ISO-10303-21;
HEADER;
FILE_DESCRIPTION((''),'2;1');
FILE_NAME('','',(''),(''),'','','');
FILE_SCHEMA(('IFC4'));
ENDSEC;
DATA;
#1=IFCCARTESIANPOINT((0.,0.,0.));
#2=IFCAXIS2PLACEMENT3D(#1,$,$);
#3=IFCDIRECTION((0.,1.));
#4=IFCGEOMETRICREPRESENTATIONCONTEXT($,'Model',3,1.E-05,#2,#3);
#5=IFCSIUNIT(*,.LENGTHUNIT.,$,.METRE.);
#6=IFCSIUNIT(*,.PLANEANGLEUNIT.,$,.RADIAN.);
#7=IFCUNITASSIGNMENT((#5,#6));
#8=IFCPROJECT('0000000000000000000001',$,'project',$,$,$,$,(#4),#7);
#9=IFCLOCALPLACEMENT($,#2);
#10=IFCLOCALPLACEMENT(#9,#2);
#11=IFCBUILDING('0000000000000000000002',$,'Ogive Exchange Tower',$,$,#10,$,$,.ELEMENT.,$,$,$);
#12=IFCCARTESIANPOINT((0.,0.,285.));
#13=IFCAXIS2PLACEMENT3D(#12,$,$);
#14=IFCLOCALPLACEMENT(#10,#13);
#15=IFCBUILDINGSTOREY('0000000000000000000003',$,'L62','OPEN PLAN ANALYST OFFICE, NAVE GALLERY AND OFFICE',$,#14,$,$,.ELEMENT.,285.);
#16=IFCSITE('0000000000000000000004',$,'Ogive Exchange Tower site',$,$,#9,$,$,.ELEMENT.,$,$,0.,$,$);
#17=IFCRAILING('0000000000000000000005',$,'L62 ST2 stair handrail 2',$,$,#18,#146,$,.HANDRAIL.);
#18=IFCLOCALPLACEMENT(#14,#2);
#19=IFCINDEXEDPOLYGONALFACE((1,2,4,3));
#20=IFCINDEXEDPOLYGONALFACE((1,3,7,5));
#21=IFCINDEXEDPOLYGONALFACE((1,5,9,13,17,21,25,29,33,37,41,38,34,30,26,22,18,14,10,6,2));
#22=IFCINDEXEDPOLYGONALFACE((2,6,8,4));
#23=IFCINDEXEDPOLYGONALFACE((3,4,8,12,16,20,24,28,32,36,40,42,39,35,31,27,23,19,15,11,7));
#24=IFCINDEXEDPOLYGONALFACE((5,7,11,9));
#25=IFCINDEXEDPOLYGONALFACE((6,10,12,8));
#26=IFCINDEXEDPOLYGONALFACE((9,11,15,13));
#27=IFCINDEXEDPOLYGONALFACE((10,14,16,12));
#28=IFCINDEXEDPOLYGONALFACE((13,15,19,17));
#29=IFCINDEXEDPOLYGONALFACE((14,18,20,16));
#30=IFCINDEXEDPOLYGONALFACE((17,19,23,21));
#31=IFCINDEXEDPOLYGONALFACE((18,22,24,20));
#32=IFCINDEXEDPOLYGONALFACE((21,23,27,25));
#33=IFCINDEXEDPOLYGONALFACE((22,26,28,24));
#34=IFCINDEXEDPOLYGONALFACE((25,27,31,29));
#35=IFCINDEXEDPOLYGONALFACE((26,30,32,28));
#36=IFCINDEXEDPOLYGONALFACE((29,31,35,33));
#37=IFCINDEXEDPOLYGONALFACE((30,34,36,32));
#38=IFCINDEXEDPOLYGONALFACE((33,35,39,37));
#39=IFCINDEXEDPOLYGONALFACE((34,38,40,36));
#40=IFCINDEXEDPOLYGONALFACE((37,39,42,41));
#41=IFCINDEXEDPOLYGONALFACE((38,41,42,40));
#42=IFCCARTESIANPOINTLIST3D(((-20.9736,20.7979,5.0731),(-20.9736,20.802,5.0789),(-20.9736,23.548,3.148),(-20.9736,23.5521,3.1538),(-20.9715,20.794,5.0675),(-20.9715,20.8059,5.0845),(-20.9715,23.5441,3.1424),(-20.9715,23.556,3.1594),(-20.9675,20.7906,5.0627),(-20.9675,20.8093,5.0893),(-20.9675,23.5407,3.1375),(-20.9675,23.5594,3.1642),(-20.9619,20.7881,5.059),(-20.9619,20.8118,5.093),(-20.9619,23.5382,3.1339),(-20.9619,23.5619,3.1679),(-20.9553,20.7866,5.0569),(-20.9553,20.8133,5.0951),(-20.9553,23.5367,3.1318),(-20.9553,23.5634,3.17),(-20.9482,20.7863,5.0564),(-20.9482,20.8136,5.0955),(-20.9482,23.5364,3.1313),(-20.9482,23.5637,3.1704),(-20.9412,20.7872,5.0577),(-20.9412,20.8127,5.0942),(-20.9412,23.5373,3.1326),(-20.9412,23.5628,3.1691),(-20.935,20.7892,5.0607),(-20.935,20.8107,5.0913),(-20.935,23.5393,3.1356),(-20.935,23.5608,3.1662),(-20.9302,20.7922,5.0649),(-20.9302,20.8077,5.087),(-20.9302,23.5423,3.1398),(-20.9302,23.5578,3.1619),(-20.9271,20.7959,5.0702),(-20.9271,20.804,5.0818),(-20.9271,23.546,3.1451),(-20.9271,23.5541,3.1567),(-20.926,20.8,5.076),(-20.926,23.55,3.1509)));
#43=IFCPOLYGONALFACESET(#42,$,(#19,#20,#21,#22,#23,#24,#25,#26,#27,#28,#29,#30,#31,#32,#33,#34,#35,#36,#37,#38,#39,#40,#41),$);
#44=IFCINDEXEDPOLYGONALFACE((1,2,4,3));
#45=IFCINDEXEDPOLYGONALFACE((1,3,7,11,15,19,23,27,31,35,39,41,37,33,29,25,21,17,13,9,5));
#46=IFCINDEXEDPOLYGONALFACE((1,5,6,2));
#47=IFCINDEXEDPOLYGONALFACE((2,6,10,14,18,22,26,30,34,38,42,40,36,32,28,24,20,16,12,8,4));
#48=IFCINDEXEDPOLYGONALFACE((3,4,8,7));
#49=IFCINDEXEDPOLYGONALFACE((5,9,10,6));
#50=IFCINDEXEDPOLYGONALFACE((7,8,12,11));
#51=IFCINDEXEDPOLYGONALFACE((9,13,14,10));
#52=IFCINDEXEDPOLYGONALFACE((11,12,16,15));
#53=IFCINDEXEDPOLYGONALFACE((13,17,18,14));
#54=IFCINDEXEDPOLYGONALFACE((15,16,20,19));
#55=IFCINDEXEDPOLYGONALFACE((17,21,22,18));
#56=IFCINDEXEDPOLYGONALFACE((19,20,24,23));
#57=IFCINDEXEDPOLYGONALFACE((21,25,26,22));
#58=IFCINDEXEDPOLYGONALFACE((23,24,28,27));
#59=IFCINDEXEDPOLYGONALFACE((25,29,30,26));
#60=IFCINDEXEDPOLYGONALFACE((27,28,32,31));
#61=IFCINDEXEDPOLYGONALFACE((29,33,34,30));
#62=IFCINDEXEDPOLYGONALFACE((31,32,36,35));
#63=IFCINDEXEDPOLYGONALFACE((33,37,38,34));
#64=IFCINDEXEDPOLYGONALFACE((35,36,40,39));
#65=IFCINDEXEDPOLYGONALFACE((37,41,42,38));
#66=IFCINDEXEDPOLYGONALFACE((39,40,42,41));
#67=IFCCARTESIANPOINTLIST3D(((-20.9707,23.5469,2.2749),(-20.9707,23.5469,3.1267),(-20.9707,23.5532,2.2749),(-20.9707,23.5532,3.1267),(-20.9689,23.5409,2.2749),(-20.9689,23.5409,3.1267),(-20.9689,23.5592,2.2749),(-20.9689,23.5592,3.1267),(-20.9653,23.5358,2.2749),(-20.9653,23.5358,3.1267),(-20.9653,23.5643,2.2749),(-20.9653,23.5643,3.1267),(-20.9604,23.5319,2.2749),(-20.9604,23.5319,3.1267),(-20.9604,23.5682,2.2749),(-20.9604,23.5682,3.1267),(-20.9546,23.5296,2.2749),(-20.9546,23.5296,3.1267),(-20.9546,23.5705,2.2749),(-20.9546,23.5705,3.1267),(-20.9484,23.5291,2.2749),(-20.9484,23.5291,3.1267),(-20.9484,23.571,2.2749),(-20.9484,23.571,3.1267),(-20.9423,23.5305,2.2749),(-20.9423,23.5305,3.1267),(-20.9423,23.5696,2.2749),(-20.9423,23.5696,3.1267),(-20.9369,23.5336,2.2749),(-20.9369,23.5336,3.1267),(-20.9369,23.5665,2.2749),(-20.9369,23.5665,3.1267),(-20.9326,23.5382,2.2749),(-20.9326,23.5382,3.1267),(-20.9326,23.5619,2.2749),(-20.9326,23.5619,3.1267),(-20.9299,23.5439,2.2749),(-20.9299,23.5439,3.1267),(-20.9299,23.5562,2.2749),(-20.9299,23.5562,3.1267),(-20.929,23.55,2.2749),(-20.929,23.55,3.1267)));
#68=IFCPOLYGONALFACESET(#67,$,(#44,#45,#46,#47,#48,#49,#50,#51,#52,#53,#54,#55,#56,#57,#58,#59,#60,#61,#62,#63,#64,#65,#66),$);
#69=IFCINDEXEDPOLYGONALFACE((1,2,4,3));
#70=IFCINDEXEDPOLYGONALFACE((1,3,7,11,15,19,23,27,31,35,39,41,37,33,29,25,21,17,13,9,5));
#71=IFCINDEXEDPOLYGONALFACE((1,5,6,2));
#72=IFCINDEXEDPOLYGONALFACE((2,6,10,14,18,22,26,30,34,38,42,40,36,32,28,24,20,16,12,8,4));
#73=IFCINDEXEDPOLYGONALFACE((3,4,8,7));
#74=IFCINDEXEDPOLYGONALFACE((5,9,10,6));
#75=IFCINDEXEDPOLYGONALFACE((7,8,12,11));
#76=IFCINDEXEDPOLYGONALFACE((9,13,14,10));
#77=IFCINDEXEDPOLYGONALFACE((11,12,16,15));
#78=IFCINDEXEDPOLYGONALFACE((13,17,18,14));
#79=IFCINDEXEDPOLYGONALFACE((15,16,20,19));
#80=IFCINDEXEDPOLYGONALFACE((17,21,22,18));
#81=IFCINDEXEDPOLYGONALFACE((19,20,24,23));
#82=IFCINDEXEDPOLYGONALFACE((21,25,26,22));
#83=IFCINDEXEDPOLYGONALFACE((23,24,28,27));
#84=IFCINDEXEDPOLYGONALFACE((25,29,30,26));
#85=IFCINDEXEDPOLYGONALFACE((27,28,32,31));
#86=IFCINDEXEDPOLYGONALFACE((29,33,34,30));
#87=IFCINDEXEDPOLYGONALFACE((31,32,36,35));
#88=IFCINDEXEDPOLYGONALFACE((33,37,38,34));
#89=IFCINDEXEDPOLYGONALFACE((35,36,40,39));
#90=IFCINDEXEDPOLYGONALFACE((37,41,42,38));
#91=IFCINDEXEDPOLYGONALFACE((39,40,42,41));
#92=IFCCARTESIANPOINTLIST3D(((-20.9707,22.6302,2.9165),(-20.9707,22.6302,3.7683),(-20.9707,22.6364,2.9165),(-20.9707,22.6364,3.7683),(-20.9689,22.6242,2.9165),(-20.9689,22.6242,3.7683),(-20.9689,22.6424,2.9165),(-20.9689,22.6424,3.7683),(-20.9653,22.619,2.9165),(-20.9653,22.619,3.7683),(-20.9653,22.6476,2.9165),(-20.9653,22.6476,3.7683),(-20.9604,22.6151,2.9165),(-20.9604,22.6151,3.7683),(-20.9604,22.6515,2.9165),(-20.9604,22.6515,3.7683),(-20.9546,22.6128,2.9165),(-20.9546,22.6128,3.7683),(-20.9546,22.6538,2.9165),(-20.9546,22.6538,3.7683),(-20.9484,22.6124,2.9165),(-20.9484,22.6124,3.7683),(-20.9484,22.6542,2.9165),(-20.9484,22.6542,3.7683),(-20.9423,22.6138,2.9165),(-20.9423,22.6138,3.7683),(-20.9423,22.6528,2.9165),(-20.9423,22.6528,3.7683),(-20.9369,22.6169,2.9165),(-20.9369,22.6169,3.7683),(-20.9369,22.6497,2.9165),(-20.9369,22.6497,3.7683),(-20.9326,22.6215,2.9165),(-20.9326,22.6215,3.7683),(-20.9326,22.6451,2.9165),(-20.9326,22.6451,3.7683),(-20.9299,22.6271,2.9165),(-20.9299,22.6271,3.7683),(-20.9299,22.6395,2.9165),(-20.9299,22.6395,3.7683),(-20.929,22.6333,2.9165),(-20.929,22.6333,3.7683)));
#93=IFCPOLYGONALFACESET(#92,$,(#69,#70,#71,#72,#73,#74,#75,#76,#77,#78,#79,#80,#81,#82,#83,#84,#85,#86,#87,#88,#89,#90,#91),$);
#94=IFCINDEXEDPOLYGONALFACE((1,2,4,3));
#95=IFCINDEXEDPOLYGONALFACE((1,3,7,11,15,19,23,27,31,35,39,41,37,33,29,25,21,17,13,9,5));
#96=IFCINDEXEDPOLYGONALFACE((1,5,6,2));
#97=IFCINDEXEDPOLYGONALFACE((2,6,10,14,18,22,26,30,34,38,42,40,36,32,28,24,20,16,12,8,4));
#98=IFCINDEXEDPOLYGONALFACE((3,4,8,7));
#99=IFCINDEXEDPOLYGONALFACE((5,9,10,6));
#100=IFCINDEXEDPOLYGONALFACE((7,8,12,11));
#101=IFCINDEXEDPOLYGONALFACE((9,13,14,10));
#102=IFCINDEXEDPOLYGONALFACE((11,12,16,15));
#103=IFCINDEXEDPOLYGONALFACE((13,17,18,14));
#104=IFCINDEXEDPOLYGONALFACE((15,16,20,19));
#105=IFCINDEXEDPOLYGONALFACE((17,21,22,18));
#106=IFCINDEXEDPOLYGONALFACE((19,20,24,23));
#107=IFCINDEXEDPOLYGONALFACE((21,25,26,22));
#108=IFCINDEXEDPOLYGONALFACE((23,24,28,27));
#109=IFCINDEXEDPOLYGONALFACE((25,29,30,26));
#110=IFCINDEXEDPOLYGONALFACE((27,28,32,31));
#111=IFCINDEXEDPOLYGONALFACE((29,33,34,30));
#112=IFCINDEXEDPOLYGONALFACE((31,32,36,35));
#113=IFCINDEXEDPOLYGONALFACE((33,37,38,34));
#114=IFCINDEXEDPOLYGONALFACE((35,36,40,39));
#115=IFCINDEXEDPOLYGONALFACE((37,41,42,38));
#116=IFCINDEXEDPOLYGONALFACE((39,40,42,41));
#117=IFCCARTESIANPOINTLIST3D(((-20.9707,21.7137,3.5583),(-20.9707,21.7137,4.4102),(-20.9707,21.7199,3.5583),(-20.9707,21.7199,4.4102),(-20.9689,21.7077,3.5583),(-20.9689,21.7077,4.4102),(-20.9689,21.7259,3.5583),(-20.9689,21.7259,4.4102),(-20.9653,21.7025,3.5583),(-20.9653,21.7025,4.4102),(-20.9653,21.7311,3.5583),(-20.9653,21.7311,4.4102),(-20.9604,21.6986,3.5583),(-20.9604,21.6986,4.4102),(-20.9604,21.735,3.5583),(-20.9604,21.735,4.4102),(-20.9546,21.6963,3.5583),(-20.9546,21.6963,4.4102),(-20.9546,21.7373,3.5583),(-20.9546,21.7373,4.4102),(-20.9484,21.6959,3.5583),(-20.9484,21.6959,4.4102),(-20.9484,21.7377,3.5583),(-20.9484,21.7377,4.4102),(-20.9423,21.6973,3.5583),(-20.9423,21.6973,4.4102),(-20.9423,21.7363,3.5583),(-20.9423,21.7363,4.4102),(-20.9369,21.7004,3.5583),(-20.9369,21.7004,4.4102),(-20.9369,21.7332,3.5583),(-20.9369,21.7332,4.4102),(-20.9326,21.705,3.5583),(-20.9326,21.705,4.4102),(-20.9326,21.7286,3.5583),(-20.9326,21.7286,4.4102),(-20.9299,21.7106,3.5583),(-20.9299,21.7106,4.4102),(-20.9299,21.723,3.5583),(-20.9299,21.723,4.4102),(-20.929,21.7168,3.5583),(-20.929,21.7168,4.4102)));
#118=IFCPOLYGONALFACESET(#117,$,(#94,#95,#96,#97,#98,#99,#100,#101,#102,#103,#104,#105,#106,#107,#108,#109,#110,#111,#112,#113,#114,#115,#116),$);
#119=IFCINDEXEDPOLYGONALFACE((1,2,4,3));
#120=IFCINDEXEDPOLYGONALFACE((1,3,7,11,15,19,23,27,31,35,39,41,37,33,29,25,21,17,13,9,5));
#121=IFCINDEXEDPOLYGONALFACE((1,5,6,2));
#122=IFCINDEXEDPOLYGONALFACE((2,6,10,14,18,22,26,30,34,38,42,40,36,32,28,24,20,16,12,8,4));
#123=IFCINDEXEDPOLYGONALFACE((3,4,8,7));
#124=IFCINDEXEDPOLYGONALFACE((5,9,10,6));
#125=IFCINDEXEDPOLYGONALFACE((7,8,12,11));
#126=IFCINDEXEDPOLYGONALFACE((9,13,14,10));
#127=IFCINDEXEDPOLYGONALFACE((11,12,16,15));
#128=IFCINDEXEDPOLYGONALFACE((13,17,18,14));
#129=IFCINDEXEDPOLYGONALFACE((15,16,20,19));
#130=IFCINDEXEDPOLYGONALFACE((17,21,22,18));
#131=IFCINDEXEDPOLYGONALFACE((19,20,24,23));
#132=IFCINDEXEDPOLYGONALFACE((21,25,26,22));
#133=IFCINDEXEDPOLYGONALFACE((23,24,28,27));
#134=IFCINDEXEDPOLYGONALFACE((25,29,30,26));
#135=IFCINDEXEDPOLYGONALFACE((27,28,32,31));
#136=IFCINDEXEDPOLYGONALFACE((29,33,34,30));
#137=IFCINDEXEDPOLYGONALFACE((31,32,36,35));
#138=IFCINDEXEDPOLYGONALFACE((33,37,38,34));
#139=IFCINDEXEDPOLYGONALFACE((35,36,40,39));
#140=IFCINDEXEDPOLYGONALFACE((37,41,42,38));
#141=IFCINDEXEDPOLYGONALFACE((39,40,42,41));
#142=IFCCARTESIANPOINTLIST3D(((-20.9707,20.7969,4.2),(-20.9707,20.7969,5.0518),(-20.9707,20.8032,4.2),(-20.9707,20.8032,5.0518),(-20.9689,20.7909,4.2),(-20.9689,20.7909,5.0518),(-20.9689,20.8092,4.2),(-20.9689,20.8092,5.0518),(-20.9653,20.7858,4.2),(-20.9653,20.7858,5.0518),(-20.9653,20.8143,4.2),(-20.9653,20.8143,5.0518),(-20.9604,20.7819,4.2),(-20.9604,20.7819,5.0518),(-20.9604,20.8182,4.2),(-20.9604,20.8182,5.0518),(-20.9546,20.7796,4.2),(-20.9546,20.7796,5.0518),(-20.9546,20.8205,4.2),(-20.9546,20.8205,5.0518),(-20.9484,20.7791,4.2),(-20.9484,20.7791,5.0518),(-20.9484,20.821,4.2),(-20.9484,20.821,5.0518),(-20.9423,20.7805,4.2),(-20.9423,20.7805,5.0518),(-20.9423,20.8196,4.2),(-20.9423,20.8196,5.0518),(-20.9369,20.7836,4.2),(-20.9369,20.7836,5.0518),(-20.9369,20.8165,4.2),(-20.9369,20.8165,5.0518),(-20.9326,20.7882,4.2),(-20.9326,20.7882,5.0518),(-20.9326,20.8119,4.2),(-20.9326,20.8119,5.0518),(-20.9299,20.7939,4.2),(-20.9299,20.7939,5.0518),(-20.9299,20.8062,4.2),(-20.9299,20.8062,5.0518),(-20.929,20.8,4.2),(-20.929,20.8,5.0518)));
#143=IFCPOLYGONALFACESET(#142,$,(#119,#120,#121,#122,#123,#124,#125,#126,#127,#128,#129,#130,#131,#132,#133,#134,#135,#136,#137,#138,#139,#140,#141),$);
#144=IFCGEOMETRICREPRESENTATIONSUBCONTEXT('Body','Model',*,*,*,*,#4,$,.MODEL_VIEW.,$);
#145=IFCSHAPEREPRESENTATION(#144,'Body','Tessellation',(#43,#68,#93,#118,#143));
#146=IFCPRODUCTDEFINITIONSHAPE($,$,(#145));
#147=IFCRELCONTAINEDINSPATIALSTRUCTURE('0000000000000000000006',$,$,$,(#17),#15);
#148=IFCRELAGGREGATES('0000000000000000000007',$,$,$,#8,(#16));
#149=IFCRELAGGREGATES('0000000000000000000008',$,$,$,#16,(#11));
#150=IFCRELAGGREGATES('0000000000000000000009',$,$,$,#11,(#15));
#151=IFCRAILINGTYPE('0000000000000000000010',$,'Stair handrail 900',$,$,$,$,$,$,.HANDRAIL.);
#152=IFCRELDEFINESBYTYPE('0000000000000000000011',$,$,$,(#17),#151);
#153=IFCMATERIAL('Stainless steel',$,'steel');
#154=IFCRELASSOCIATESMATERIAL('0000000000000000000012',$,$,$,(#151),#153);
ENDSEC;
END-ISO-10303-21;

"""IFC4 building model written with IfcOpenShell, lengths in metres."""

from ifc_helpers import new_model, si_unit, direction, frame, origin, origin_2d, place, context, subcontext, project, spatial, circle, extrude, material, type_object, element, save


model = new_model("IFC4")

# Units and contexts
model_context = context("Model", 3, precision=1e-05, world=origin(), true_north=direction((0.0, 1.0)))
body_context = subcontext(model_context, "Body", "Model", "MODEL_VIEW")
ifc_project = project(units=[si_unit("LENGTHUNIT", "METRE"), si_unit("PLANEANGLEUNIT", "RADIAN")], contexts=[model_context])

# Site, building, storey
site_placement = place(None, origin())
site = spatial("IfcSite", under=ifc_project, at=site_placement, Name="Ogive Exchange Tower site", CompositionType="ELEMENT", RefElevation=0.0)
building_placement = place(site_placement, origin())
building = spatial("IfcBuilding", under=site, at=building_placement, Name="Ogive Exchange Tower", CompositionType="ELEMENT")
storey_placement = place(building_placement, frame((0.0, 0.0, 285.0)))
storey = spatial("IfcBuildingStorey", under=building, at=storey_placement, Name="L62", Description="OPEN PLAN ANALYST OFFICE, NAVE GALLERY AND OFFICE", CompositionType="ELEMENT", Elevation=285.0)

# Railing
ifc_material_1 = material(Name="Stainless steel", Category="steel")
railing_type = type_object("IfcRailingType", Name="Stair handrail 900", PredefinedType="HANDRAIL", material=ifc_material_1)
railing_1_placement = place(storey_placement, frame((-20.95, 23.55, 2.2749)))
element("IfcRailing", 1, at=railing_1_placement, inside=storey, type_object=railing_type, Name="L62 ST2 stair handrail 2", PredefinedType="HANDRAIL", context=body_context, shape_type="SweptSolid", body=[
    extrude(circle(Radius=0.0239, at=origin_2d()), frame((0.0, 0.0, 0.876), z_axis=(0.0, -0.819225, 0.573472), x_axis=(1.0, 0.0, 0.0)), (0.0, 0.0, 1.0), 3.3569),
    extrude(circle(Radius=0.021, at=origin_2d()), origin(), (0.0, 0.0, 1.0), 0.8518),
    extrude(circle(Radius=0.021, at=origin_2d()), frame((0.0, -0.9167, 0.6416)), (0.0, 0.0, 1.0), 0.8518),
    extrude(circle(Radius=0.021, at=origin_2d()), frame((0.0, -1.8333, 1.2834)), (0.0, 0.0, 1.0), 0.8518),
    extrude(circle(Radius=0.021, at=origin_2d()), frame((0.0, -2.75, 1.925)), (0.0, 0.0, 1.0), 0.8518),
])

save(model, "model.ifc")
